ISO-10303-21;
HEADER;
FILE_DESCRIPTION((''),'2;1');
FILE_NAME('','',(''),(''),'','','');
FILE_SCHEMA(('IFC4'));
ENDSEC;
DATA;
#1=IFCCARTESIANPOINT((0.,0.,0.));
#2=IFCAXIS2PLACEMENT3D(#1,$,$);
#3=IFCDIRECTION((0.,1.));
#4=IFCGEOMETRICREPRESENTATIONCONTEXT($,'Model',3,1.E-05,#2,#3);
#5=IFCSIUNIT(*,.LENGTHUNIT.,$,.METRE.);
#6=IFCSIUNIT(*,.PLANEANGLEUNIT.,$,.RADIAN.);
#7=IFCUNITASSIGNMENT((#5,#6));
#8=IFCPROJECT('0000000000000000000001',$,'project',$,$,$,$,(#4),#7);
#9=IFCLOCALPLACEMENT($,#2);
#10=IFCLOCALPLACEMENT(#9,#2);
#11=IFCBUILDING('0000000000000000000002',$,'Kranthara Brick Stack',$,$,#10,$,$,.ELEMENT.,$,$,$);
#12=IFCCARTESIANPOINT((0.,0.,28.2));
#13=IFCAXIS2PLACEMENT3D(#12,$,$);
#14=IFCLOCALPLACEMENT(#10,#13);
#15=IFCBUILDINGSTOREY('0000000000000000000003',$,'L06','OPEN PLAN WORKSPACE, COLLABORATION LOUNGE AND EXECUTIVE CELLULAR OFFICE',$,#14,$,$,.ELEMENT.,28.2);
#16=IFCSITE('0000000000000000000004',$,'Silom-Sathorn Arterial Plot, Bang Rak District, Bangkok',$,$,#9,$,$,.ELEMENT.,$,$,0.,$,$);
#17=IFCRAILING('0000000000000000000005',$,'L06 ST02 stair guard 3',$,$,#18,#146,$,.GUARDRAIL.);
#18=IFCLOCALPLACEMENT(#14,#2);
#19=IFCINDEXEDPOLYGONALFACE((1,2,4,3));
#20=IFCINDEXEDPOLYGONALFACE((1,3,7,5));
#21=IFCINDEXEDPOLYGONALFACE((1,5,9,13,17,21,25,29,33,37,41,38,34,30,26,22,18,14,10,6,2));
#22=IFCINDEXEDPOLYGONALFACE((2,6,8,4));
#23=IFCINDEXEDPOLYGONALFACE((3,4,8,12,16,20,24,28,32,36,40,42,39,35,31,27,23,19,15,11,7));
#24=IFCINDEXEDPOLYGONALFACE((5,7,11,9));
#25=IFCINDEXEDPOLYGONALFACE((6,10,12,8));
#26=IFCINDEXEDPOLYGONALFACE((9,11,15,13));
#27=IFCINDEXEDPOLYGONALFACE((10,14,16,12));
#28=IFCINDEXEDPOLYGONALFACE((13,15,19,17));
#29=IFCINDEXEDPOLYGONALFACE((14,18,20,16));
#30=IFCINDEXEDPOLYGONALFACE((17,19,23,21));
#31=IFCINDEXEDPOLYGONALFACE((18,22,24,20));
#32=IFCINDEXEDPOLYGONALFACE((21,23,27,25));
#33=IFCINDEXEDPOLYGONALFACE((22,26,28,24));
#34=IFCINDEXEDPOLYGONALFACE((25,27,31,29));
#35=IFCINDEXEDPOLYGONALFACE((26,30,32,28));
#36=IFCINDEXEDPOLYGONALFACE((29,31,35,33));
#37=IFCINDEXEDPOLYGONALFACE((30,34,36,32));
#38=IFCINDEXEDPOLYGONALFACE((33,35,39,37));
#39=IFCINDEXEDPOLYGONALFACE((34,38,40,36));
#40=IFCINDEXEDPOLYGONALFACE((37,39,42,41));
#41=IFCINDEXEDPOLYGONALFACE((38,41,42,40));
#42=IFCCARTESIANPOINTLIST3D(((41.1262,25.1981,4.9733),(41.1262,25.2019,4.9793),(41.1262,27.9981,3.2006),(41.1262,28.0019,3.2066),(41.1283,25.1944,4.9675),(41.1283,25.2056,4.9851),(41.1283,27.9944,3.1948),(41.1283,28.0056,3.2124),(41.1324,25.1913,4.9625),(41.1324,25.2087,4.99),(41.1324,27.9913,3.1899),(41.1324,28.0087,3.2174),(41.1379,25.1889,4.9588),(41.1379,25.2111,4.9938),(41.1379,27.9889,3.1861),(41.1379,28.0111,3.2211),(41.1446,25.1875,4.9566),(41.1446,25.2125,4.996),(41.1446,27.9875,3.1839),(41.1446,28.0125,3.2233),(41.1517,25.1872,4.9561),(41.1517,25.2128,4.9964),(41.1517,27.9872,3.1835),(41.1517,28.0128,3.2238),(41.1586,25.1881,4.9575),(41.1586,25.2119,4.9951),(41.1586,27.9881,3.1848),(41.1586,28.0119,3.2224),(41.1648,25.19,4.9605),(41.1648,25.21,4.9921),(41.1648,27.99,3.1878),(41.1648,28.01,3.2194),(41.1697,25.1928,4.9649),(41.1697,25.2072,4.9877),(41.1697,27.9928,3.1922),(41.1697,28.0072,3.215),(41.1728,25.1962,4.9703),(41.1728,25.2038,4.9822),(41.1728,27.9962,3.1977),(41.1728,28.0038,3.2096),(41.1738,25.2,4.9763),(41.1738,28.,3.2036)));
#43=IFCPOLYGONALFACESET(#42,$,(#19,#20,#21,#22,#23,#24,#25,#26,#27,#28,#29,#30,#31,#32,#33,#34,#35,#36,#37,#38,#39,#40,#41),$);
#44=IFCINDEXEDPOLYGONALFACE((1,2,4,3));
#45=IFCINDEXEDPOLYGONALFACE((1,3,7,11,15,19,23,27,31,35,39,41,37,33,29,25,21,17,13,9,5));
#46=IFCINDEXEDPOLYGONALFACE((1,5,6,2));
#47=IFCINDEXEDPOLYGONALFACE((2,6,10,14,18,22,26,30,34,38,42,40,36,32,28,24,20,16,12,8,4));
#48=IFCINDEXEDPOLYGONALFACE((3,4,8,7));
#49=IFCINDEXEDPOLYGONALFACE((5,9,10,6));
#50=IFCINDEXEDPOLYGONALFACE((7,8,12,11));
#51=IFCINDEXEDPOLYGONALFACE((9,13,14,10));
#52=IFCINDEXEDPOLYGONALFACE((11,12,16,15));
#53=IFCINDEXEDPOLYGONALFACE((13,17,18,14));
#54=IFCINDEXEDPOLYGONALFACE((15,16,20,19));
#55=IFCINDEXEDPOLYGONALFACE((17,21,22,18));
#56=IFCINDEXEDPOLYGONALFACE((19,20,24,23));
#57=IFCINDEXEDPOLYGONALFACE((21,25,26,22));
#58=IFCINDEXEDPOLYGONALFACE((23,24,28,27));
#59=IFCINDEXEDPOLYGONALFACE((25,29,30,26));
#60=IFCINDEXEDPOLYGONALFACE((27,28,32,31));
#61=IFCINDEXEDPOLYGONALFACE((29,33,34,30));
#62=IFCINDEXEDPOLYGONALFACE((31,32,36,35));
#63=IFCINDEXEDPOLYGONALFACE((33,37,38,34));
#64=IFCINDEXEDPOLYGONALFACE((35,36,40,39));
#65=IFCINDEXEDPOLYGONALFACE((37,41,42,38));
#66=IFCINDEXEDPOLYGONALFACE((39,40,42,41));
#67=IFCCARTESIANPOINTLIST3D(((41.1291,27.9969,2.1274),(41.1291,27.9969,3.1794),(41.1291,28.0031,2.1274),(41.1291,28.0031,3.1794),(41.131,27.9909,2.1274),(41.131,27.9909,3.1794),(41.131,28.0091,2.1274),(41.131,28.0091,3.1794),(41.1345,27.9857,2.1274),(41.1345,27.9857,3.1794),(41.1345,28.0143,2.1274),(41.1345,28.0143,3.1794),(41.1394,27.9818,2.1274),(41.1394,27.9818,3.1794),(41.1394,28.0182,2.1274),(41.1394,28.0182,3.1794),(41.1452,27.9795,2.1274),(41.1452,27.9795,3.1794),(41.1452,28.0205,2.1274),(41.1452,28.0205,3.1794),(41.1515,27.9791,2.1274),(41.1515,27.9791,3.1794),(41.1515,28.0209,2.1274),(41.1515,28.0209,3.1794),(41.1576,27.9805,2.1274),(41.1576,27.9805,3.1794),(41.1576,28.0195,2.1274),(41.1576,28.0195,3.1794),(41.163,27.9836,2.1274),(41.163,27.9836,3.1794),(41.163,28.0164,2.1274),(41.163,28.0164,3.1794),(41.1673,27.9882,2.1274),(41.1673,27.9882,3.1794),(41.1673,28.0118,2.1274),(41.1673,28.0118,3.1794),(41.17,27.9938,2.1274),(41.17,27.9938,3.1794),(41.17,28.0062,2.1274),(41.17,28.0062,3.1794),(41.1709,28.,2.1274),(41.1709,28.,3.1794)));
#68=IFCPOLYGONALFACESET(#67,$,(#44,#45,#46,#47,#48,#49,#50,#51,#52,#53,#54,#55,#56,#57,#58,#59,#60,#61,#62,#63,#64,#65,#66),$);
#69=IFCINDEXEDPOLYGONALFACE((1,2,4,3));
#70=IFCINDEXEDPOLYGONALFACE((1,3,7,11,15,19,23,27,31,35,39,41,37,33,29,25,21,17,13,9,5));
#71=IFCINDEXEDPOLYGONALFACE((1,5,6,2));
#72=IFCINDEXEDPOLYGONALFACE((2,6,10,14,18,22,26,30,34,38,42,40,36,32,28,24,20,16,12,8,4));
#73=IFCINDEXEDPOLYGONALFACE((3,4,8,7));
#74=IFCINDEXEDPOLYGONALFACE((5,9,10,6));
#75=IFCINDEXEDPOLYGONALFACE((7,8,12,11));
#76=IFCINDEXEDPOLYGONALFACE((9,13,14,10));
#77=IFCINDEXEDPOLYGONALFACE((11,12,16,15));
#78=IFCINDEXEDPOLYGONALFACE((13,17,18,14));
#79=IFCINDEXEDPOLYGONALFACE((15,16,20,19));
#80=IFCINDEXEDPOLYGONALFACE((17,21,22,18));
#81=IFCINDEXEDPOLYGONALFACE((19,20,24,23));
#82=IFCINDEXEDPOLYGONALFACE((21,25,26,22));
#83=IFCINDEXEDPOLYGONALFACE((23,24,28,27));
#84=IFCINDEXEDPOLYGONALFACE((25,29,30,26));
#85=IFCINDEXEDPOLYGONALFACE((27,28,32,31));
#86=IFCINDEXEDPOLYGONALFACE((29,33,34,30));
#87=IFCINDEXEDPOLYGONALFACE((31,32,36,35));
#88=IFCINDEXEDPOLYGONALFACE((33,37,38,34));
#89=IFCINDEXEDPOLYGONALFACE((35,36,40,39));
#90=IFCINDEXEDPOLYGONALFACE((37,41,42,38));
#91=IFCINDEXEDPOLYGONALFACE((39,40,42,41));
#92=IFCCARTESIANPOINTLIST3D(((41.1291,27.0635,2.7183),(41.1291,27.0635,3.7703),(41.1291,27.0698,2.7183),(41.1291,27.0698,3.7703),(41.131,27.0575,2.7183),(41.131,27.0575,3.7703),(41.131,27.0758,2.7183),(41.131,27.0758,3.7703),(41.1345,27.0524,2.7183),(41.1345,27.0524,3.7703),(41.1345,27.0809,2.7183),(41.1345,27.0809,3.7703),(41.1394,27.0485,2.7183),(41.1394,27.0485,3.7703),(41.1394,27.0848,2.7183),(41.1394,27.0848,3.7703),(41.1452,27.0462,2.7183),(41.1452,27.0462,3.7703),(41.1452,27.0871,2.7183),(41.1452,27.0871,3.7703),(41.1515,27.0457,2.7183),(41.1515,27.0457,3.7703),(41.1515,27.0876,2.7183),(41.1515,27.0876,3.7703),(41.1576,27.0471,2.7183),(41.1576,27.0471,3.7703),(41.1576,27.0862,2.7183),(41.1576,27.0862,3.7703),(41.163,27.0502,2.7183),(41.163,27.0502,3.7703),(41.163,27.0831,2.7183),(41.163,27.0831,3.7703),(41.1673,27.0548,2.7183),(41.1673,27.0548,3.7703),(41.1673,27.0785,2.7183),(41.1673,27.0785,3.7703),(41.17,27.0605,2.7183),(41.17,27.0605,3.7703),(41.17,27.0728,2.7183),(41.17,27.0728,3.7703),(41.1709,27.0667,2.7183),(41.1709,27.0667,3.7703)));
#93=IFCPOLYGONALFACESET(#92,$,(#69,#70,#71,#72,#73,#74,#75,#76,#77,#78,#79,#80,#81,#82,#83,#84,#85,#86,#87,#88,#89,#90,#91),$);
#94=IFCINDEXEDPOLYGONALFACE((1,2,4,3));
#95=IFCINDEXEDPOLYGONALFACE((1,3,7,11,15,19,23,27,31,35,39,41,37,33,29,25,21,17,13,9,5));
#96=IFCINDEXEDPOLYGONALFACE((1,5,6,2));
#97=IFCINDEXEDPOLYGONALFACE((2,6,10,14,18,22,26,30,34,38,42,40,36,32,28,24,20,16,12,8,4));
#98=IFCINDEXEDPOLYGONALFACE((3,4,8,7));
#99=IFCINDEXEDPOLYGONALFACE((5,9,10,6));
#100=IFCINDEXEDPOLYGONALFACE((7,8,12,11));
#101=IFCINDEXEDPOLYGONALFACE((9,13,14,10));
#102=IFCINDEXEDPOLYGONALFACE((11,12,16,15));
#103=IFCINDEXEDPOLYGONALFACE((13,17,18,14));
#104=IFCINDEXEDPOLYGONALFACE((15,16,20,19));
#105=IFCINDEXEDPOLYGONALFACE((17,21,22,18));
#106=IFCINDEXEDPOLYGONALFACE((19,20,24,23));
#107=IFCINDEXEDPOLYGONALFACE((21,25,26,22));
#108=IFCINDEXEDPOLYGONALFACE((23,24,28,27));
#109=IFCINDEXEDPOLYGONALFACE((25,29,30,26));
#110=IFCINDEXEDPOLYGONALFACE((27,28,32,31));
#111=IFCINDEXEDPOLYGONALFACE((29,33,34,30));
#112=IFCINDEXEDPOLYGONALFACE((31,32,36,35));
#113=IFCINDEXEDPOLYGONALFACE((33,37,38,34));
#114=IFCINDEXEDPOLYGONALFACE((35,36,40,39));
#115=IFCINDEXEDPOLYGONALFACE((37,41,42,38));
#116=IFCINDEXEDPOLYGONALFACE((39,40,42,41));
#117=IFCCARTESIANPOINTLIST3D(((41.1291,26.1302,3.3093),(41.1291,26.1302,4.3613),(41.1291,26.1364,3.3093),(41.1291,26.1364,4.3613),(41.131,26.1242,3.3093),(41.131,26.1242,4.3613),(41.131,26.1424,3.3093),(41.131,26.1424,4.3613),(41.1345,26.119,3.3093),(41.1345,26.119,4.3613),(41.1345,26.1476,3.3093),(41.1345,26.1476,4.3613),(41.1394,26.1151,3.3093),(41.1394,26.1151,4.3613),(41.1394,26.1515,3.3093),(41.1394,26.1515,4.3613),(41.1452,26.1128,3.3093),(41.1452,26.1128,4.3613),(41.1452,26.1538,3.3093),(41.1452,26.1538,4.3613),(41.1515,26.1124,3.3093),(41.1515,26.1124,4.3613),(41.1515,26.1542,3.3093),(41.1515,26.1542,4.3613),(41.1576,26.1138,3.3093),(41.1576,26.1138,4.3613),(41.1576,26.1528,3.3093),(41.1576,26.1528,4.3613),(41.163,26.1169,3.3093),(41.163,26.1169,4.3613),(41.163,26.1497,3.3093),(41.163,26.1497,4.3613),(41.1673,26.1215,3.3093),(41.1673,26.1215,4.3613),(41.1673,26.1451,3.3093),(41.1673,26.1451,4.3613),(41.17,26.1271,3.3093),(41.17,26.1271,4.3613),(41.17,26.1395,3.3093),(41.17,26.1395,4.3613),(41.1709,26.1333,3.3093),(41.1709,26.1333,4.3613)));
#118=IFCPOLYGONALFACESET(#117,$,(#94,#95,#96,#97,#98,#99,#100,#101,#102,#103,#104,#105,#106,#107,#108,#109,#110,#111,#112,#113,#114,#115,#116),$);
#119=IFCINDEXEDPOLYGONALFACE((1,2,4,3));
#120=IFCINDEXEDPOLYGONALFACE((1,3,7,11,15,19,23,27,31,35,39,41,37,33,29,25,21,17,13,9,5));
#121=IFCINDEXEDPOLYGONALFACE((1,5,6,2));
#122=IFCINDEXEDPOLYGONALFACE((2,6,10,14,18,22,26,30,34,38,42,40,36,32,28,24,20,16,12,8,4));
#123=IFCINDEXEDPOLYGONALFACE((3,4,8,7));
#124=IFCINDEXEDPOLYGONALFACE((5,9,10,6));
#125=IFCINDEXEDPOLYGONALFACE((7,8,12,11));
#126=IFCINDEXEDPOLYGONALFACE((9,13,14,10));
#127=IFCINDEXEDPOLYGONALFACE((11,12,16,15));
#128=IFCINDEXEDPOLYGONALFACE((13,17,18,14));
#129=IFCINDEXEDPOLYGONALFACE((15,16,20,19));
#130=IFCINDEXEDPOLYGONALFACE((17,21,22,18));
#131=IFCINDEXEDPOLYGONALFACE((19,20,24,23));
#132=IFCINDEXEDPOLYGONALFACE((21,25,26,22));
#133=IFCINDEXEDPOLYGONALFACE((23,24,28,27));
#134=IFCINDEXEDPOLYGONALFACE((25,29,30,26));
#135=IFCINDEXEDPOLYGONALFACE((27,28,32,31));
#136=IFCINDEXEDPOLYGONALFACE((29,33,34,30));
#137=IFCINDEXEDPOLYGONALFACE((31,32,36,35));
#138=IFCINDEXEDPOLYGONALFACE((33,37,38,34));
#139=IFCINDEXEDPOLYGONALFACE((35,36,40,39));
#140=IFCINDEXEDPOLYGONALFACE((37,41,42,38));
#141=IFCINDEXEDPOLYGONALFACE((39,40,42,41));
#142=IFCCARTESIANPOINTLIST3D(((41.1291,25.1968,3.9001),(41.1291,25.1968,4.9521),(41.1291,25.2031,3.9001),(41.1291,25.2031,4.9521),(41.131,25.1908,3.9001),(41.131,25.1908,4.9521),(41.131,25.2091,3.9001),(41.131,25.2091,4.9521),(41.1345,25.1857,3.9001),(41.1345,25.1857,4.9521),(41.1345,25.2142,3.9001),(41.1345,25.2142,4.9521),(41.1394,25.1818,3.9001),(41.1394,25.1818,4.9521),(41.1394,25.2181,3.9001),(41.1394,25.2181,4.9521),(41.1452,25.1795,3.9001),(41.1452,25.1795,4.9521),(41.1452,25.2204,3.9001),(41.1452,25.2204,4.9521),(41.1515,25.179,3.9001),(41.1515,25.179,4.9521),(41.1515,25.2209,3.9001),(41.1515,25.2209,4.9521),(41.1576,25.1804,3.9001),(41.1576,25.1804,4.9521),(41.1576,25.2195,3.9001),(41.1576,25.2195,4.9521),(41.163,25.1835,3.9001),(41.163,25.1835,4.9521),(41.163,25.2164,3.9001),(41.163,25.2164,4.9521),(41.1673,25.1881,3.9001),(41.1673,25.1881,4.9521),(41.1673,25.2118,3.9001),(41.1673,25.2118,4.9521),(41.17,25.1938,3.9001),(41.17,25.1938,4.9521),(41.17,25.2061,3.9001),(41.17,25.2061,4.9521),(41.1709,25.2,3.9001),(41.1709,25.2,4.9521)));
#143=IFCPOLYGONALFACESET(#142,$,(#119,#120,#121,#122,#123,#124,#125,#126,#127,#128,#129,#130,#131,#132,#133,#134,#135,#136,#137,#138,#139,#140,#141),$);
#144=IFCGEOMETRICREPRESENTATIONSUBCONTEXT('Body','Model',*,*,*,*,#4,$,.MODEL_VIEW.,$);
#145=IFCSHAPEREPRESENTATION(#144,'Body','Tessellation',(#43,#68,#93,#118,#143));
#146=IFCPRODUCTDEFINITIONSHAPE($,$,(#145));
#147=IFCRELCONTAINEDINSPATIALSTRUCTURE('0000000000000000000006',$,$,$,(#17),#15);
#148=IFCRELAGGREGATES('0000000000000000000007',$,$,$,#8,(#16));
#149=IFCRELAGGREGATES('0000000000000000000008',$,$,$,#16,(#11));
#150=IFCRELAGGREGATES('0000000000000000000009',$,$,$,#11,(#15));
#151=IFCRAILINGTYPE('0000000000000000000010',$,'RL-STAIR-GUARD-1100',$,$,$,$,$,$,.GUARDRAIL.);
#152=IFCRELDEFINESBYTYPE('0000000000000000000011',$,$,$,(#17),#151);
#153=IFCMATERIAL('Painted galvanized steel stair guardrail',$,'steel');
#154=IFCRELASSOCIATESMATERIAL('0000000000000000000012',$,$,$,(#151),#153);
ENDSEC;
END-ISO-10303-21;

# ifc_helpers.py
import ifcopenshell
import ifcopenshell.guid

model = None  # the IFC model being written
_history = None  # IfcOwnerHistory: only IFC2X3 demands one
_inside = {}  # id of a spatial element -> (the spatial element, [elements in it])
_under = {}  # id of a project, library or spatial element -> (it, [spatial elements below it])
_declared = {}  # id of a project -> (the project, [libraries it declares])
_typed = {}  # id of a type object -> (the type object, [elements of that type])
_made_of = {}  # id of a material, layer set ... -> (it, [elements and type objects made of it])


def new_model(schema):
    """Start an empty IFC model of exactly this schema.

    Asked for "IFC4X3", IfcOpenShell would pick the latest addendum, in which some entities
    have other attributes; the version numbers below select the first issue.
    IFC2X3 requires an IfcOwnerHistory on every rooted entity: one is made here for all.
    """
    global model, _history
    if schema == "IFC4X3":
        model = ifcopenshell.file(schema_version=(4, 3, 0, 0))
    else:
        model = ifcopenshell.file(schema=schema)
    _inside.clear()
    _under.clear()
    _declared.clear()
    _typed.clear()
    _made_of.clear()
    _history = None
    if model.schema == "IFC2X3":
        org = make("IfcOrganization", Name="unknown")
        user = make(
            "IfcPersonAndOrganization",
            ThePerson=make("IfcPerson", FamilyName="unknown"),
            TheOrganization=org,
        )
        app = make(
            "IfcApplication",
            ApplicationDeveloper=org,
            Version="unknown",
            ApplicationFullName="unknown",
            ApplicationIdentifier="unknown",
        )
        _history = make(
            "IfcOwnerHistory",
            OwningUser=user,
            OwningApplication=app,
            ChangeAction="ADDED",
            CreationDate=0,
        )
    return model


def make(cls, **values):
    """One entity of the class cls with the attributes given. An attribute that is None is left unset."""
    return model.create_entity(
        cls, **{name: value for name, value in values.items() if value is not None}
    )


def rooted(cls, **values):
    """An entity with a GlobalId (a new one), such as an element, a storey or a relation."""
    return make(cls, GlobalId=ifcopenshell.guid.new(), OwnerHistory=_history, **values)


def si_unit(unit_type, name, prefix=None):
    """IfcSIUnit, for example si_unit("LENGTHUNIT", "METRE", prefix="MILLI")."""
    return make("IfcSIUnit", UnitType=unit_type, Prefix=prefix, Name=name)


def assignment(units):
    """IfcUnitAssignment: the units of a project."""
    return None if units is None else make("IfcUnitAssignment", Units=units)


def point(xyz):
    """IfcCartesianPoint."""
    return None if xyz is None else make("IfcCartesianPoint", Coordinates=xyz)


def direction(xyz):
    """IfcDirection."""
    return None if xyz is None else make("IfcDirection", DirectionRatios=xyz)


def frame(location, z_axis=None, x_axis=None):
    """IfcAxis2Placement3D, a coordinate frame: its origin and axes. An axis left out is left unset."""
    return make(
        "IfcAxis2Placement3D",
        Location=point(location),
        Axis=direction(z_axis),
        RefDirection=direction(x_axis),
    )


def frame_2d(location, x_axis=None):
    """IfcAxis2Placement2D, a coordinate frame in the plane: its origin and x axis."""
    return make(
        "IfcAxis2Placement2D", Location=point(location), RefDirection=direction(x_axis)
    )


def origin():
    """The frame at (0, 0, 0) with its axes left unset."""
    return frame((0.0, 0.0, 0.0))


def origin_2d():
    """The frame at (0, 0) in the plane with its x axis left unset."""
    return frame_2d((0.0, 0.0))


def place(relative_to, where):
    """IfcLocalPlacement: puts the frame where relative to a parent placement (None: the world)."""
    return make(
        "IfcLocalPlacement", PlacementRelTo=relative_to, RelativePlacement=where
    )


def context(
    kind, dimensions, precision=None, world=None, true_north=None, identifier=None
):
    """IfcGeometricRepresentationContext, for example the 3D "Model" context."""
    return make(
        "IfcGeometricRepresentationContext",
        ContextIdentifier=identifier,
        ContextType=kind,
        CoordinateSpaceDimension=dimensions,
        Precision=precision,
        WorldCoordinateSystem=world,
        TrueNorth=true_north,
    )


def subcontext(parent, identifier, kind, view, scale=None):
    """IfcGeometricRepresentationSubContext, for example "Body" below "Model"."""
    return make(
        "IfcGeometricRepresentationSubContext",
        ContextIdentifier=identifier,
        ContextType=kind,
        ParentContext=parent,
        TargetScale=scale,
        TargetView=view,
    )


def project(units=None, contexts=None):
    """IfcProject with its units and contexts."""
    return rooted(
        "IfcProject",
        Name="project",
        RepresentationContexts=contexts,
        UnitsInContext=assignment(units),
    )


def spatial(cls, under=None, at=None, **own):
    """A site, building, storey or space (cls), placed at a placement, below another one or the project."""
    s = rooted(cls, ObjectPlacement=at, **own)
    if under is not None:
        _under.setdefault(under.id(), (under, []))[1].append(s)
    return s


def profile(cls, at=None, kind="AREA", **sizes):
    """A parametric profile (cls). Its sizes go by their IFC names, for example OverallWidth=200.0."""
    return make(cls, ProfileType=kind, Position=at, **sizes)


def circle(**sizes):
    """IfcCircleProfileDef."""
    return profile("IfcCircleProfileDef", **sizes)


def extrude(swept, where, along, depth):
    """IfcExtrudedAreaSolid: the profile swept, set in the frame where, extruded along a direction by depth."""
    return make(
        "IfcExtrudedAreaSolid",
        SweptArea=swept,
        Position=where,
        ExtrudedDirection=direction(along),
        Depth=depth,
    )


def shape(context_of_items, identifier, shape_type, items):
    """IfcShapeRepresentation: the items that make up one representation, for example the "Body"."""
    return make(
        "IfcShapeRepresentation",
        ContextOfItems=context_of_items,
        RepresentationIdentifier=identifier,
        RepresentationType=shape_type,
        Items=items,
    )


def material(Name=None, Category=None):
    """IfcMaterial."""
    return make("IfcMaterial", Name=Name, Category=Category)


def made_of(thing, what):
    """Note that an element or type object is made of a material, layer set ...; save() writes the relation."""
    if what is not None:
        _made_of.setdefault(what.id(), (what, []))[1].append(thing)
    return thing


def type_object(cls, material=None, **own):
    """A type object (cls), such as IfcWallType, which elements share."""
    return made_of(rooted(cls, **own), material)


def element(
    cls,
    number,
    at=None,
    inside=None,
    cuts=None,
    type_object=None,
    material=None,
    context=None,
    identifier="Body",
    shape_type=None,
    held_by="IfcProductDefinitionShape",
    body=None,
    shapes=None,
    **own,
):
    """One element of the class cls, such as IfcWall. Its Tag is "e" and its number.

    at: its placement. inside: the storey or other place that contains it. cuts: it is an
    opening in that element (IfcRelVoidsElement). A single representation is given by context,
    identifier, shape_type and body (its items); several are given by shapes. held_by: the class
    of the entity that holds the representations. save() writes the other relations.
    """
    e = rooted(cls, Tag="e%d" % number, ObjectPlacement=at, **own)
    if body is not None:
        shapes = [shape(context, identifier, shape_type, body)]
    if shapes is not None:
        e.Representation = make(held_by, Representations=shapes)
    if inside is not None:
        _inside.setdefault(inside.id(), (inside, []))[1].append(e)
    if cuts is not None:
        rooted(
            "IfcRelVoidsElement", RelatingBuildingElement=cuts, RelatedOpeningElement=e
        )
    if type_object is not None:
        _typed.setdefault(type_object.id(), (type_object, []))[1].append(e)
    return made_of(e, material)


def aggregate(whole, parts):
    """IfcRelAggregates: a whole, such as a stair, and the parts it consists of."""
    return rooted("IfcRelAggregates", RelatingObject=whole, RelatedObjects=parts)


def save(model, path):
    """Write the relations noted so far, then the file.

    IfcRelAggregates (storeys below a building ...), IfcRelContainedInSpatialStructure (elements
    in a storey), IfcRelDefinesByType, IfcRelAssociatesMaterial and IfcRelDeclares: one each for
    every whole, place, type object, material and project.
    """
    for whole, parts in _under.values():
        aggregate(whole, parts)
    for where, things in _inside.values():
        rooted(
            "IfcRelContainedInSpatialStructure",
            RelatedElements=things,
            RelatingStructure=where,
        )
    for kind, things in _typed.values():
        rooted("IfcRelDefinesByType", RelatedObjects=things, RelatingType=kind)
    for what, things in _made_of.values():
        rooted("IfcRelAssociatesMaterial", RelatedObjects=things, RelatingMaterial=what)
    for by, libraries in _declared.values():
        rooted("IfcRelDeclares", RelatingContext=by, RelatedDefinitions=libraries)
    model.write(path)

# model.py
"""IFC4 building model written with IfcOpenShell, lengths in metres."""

from ifc_helpers import new_model, si_unit, direction, frame, origin, origin_2d, place, context, subcontext, project, spatial, circle, extrude, material, type_object, element, save


model = new_model("IFC4")

# Units and contexts
model_context = context("Model", 3, precision=1e-05, world=origin(), true_north=direction((0.0, 1.0)))
body_context = subcontext(model_context, "Body", "Model", "MODEL_VIEW")
ifc_project = project(units=[si_unit("LENGTHUNIT", "METRE"), si_unit("PLANEANGLEUNIT", "RADIAN")], contexts=[model_context])

# Site, building, storey
site_placement = place(None, origin())
site = spatial("IfcSite", under=ifc_project, at=site_placement, Name="Silom-Sathorn Arterial Plot, Bang Rak District, Bangkok", CompositionType="ELEMENT", RefElevation=0.0)
building_placement = place(site_placement, origin())
building = spatial("IfcBuilding", under=site, at=building_placement, Name="Kranthara Brick Stack", CompositionType="ELEMENT")
storey_placement = place(building_placement, frame((0.0, 0.0, 28.2)))
storey = spatial("IfcBuildingStorey", under=building, at=storey_placement, Name="L06", Description="OPEN PLAN WORKSPACE, COLLABORATION LOUNGE AND EXECUTIVE CELLULAR OFFICE", CompositionType="ELEMENT", Elevation=28.2)

# Railing
ifc_material_1 = material(Name="Painted galvanized steel stair guardrail", Category="steel")
railing_type_1 = type_object("IfcRailingType", Name="RL-STAIR-GUARD-1100", PredefinedType="GUARDRAIL", material=ifc_material_1)
railing_1_placement = place(storey_placement, frame((41.1499, 28.0, 2.1274)))
element("IfcRailing", 1, at=railing_1_placement, inside=storey, type_object=railing_type_1, Name="L06 ST02 stair guard 3", PredefinedType="GUARDRAIL", context=body_context, shape_type="SweptSolid", body=[
    extrude(circle(Radius=0.0239, at=origin_2d()), frame((0.0, 0.0, 1.0762), z_axis=(0.0, -0.844909, 0.53491), x_axis=(1.0, 0.0, 0.0)), (0.0, 0.0, 1.0), 3.314),
    extrude(circle(Radius=0.021, at=origin_2d()), origin(), (0.0, 0.0, 1.0), 1.052),
    extrude(circle(Radius=0.021, at=origin_2d()), frame((0.0, -0.9333, 0.5908)), (0.0, 0.0, 1.0), 1.052),
    extrude(circle(Radius=0.021, at=origin_2d()), frame((0.0, -1.8667, 1.1819)), (0.0, 0.0, 1.0), 1.052),
    extrude(circle(Radius=0.021, at=origin_2d()), frame((0.0, -2.8, 1.7727)), (0.0, 0.0, 1.0), 1.052),
])

save(model, "model.ifc")
